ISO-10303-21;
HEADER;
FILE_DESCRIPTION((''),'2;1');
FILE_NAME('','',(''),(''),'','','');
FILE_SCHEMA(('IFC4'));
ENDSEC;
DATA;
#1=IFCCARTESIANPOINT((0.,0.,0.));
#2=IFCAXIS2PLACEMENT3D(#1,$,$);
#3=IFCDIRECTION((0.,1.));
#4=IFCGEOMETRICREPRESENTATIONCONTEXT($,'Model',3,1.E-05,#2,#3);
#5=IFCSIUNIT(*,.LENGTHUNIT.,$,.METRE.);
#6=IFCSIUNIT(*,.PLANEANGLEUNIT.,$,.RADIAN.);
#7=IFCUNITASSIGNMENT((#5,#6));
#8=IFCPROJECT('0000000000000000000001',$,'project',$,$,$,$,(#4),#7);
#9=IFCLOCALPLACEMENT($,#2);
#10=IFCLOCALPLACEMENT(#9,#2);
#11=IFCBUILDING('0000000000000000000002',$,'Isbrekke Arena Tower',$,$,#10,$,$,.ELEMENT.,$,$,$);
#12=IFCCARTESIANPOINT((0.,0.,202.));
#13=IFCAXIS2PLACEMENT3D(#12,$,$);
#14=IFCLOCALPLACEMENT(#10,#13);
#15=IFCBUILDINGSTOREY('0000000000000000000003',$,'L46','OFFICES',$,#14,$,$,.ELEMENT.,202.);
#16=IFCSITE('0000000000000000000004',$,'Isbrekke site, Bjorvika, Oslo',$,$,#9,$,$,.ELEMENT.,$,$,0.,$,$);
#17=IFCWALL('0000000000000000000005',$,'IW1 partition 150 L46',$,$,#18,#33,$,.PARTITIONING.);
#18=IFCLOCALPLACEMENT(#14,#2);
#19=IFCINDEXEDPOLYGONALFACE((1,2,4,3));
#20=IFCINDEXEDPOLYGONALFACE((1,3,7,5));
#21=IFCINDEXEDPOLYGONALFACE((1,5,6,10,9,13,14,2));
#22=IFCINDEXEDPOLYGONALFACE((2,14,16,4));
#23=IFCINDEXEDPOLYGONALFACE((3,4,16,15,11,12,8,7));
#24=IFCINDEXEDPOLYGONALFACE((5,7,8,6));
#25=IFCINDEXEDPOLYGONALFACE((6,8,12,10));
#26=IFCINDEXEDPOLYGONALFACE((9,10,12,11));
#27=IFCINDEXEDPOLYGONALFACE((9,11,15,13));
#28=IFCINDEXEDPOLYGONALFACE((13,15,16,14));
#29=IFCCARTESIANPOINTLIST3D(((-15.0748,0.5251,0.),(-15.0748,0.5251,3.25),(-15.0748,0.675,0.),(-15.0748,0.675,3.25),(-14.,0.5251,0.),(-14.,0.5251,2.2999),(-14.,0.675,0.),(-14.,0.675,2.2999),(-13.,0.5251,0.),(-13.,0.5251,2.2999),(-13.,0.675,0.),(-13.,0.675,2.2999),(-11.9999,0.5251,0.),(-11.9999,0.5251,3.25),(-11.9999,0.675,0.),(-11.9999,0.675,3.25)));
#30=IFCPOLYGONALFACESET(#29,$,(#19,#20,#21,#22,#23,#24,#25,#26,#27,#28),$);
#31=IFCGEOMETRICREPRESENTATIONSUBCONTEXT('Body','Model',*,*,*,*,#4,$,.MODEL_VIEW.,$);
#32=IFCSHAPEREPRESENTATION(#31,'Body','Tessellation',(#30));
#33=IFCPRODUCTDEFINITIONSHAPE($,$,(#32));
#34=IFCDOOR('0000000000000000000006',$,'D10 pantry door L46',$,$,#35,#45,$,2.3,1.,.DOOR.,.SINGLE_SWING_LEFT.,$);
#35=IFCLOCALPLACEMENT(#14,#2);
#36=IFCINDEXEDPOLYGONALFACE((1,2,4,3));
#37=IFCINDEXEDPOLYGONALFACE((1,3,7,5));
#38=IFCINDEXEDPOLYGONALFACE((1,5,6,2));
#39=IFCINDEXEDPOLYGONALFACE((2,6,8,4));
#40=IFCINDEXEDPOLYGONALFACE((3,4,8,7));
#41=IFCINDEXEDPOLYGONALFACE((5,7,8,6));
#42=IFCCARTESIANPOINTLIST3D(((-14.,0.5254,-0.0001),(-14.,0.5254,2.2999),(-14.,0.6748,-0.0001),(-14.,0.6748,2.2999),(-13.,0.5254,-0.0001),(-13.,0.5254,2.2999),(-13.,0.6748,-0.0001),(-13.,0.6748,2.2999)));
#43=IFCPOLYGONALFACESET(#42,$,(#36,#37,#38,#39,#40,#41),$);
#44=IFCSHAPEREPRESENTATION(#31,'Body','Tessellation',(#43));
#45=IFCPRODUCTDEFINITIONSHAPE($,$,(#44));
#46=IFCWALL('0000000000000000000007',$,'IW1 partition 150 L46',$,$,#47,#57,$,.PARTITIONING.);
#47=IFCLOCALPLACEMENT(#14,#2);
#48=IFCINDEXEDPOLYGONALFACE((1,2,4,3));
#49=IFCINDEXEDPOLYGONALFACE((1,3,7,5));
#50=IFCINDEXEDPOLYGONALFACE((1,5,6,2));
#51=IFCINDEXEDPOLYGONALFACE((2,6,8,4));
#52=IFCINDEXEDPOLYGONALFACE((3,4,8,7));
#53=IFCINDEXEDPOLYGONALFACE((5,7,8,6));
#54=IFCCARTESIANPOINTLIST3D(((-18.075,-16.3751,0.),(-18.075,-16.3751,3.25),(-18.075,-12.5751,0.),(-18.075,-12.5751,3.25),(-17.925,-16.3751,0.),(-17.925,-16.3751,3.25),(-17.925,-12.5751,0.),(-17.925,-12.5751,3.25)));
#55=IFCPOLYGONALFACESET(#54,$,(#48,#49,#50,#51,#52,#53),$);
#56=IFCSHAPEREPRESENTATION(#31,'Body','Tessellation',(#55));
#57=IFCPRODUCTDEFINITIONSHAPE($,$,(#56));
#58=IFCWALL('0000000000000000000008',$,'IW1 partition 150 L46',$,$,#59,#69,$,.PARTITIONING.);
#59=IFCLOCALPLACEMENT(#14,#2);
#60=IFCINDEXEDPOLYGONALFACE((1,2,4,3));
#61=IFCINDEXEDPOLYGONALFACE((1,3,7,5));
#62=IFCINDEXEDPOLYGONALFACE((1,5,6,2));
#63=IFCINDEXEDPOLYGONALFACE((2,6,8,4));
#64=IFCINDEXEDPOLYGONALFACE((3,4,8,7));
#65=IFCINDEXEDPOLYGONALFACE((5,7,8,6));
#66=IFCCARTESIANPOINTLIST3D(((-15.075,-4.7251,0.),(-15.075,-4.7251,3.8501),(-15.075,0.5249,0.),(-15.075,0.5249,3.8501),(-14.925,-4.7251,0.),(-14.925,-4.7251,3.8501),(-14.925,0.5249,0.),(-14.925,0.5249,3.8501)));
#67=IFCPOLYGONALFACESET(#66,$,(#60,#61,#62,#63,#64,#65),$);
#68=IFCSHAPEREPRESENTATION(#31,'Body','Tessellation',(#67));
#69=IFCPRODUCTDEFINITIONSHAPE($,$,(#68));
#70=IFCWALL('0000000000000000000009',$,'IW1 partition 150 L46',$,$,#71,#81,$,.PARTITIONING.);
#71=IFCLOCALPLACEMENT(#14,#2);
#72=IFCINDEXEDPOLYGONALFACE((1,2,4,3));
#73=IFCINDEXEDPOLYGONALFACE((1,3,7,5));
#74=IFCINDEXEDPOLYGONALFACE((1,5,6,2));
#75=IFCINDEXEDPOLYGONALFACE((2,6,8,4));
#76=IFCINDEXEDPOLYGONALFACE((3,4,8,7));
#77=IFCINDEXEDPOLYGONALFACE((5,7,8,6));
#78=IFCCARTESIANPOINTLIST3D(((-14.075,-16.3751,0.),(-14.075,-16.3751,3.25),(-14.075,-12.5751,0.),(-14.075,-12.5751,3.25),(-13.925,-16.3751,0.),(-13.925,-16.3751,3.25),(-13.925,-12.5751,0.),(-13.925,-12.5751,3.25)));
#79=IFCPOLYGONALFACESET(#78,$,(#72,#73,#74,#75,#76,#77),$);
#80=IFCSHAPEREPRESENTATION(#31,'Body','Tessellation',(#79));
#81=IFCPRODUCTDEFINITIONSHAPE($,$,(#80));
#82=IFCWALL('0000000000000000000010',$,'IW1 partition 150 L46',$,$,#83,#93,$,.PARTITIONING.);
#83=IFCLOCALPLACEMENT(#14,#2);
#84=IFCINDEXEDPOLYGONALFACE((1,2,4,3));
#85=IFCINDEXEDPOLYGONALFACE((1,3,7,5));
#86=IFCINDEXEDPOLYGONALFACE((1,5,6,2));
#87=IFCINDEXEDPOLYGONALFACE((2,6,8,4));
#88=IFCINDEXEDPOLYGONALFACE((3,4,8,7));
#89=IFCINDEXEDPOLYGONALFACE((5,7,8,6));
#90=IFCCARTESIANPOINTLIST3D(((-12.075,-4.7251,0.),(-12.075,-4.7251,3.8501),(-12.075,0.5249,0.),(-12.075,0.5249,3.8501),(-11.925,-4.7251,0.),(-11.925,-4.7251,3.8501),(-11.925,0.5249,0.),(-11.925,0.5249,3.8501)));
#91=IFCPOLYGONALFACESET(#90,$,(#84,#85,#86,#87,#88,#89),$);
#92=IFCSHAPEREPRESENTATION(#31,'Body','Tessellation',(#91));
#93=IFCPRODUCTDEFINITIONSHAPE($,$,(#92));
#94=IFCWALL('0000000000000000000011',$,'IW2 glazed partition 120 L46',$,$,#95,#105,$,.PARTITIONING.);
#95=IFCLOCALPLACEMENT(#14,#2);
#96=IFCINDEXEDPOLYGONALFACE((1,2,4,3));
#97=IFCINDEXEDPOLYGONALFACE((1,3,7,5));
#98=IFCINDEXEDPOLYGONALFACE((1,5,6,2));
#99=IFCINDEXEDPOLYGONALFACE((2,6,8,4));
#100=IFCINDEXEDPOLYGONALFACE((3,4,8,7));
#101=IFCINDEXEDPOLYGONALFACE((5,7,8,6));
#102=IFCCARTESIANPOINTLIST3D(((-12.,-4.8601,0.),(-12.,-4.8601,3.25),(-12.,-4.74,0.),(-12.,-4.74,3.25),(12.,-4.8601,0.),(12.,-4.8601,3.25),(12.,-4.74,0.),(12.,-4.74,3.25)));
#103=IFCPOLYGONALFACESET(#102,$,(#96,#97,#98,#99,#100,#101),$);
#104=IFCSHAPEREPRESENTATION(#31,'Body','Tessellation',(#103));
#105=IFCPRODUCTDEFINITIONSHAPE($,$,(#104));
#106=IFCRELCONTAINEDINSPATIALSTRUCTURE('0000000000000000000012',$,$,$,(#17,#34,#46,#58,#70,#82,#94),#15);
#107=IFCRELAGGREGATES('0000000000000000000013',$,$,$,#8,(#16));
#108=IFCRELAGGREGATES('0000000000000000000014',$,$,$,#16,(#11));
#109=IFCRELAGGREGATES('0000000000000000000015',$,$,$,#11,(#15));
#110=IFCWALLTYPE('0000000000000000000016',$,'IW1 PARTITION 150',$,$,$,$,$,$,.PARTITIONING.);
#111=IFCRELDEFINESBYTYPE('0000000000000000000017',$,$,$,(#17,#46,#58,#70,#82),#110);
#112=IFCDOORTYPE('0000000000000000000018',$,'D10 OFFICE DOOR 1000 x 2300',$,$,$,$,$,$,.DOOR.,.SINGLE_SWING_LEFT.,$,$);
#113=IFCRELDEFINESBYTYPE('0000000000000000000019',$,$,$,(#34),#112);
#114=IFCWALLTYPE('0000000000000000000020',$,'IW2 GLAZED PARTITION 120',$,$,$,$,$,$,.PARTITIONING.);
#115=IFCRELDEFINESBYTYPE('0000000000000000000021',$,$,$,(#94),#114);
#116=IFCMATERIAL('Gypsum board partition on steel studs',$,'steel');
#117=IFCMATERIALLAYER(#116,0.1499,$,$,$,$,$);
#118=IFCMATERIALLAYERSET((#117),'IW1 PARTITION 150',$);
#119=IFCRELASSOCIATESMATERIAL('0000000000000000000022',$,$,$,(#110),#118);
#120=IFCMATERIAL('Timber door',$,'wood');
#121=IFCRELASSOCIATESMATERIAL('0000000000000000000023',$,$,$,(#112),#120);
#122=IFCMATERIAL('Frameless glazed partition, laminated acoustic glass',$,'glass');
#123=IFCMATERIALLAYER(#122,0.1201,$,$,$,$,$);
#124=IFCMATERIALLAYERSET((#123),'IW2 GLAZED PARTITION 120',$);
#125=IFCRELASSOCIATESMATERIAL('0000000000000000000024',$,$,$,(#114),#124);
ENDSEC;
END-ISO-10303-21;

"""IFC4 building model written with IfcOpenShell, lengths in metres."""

from ifc_helpers import new_model, si_unit, direction, frame, frame_2d, origin, place, context, subcontext, project, spatial, rectangle, extrude, material, layer, layer_set, type_object, element, fill, save


model = new_model("IFC4")

# Units and contexts
model_context = context("Model", 3, precision=1e-05, world=origin(), true_north=direction((0.0, 1.0)))
body_context = subcontext(model_context, "Body", "Model", "MODEL_VIEW")
ifc_project = project(units=[si_unit("LENGTHUNIT", "METRE"), si_unit("PLANEANGLEUNIT", "RADIAN")], contexts=[model_context])

# Site, building, storey
site_placement = place(None, origin())
site = spatial("IfcSite", under=ifc_project, at=site_placement, Name="Isbrekke site, Bjorvika, Oslo", CompositionType="ELEMENT", RefElevation=0.0)
building_placement = place(site_placement, origin())
building = spatial("IfcBuilding", under=site, at=building_placement, Name="Isbrekke Arena Tower", CompositionType="ELEMENT")
storey_placement = place(building_placement, frame((0.0, 0.0, 202.0)))
storey = spatial("IfcBuildingStorey", under=building, at=storey_placement, Name="L46", Description="OFFICES", CompositionType="ELEMENT", Elevation=202.0)

# Shared definitions
ifc_material_1 = material(Name="Gypsum board partition on steel studs", Category="steel")
ifc_layer_1 = layer(ifc_material_1, 0.1499)
ifc_layer_set_1 = layer_set([ifc_layer_1], Name="IW1 PARTITION 150")
wall_type_1 = type_object("IfcWallType", Name="IW1 PARTITION 150", PredefinedType="PARTITIONING", material=ifc_layer_set_1)

# Wall, opening, door
wall_1_placement = place(storey_placement, frame((-15.075, 0.6001, 0.0), z_axis=(0.0, 0.0, 1.0), x_axis=(1.0, 0.0, 0.0)))
wall_1 = element("IfcWall", 1, at=wall_1_placement, inside=storey, type_object=wall_type_1, Name="IW1 partition 150 L46", PredefinedType="PARTITIONING", context=body_context, shape_type="SweptSolid", body=[
    extrude(rectangle(XDim=3.075, YDim=0.1499, at=frame_2d((1.5376, 0.0))), origin(), (0.0, 0.0, 1.0), 3.25),
])
opening_placement = place(wall_1_placement, frame((1.075, 0.0, 0.0)))
opening = element("IfcOpeningElement", 2, at=opening_placement, cuts=wall_1, PredefinedType="OPENING", context=body_context, shape_type="SweptSolid", body=[
    extrude(rectangle(XDim=1.0, YDim=2.3, at=frame_2d((0.5, 1.1499))), frame((0.0, 0.0898, 0.0), z_axis=(0.0, -1.0, 0.0), x_axis=(1.0, 0.0, 0.0)), (0.0, 0.0, 1.0), 0.1797),
])
ifc_material_2 = material(Name="Timber door", Category="wood")
door_type = type_object("IfcDoorType", Name="D10 OFFICE DOOR 1000 x 2300", OperationType="SINGLE_SWING_LEFT", PredefinedType="DOOR", material=ifc_material_2)
door_placement = place(opening_placement, origin())
door = element("IfcDoor", 3, at=door_placement, inside=storey, type_object=door_type, Name="D10 pantry door L46", OperationType="SINGLE_SWING_LEFT", OverallHeight=2.3, OverallWidth=1.0, PredefinedType="DOOR", context=body_context, shape_type="SweptSolid", body=[
    extrude(rectangle(XDim=1.0, YDim=2.3, at=frame_2d((0.5, 1.1499))), frame((0.0, 0.0747, 0.0), z_axis=(0.0, -1.0, 0.0), x_axis=(1.0, 0.0, 0.0)), (0.0, 0.0, 1.0), 0.1494),
])
fill(opening, door)

# Walls
wall_2_placement = place(storey_placement, frame((-18.0, -16.375, 0.0), z_axis=(0.0, 0.0, 1.0), x_axis=(0.0, 1.0, 0.0)))
element("IfcWall", 4, at=wall_2_placement, inside=storey, type_object=wall_type_1, Name="IW1 partition 150 L46", PredefinedType="PARTITIONING", context=body_context, shape_type="SweptSolid", body=[
    extrude(rectangle(XDim=3.8, YDim=0.1499, at=frame_2d((1.8999, 0.0))), origin(), (0.0, 0.0, 1.0), 3.25),
])
wall_3_placement = place(storey_placement, frame((-15.0, -4.7251, 0.0), z_axis=(0.0, 0.0, 1.0), x_axis=(0.0, 1.0, 0.0)))
element("IfcWall", 5, at=wall_3_placement, inside=storey, type_object=wall_type_1, Name="IW1 partition 150 L46", PredefinedType="PARTITIONING", context=body_context, shape_type="SweptSolid", body=[
    extrude(rectangle(XDim=5.25, YDim=0.1499, at=frame_2d((2.625, 0.0))), origin(), (0.0, 0.0, 1.0), 3.8501),
])
wall_4_placement = place(storey_placement, frame((-14.0, -16.375, 0.0), z_axis=(0.0, 0.0, 1.0), x_axis=(0.0, 1.0, 0.0)))
element("IfcWall", 6, at=wall_4_placement, inside=storey, type_object=wall_type_1, Name="IW1 partition 150 L46", PredefinedType="PARTITIONING", context=body_context, shape_type="SweptSolid", body=[
    extrude(rectangle(XDim=3.8, YDim=0.1499, at=frame_2d((1.8999, 0.0))), origin(), (0.0, 0.0, 1.0), 3.25),
])
wall_5_placement = place(storey_placement, frame((-12.0, -4.7251, 0.0), z_axis=(0.0, 0.0, 1.0), x_axis=(0.0, 1.0, 0.0)))
element("IfcWall", 7, at=wall_5_placement, inside=storey, type_object=wall_type_1, Name="IW1 partition 150 L46", PredefinedType="PARTITIONING", context=body_context, shape_type="SweptSolid", body=[
    extrude(rectangle(XDim=5.25, YDim=0.1499, at=frame_2d((2.625, 0.0))), origin(), (0.0, 0.0, 1.0), 3.8501),
])
ifc_material_3 = material(Name="Frameless glazed partition, laminated acoustic glass", Category="glass")
ifc_layer_2 = layer(ifc_material_3, 0.1201)
ifc_layer_set_2 = layer_set([ifc_layer_2], Name="IW2 GLAZED PARTITION 120")
wall_type_2 = type_object("IfcWallType", Name="IW2 GLAZED PARTITION 120", PredefinedType="PARTITIONING", material=ifc_layer_set_2)
wall_6_placement = place(storey_placement, frame((-12.0, -4.8, 0.0), z_axis=(0.0, 0.0, 1.0), x_axis=(1.0, 0.0, 0.0)))
element("IfcWall", 8, at=wall_6_placement, inside=storey, type_object=wall_type_2, Name="IW2 glazed partition 120 L46", PredefinedType="PARTITIONING", context=body_context, shape_type="SweptSolid", body=[
    extrude(rectangle(XDim=24.0, YDim=0.1201, at=frame_2d((12.0, 0.0))), origin(), (0.0, 0.0, 1.0), 3.25),
])

save(model, "model.ifc")
